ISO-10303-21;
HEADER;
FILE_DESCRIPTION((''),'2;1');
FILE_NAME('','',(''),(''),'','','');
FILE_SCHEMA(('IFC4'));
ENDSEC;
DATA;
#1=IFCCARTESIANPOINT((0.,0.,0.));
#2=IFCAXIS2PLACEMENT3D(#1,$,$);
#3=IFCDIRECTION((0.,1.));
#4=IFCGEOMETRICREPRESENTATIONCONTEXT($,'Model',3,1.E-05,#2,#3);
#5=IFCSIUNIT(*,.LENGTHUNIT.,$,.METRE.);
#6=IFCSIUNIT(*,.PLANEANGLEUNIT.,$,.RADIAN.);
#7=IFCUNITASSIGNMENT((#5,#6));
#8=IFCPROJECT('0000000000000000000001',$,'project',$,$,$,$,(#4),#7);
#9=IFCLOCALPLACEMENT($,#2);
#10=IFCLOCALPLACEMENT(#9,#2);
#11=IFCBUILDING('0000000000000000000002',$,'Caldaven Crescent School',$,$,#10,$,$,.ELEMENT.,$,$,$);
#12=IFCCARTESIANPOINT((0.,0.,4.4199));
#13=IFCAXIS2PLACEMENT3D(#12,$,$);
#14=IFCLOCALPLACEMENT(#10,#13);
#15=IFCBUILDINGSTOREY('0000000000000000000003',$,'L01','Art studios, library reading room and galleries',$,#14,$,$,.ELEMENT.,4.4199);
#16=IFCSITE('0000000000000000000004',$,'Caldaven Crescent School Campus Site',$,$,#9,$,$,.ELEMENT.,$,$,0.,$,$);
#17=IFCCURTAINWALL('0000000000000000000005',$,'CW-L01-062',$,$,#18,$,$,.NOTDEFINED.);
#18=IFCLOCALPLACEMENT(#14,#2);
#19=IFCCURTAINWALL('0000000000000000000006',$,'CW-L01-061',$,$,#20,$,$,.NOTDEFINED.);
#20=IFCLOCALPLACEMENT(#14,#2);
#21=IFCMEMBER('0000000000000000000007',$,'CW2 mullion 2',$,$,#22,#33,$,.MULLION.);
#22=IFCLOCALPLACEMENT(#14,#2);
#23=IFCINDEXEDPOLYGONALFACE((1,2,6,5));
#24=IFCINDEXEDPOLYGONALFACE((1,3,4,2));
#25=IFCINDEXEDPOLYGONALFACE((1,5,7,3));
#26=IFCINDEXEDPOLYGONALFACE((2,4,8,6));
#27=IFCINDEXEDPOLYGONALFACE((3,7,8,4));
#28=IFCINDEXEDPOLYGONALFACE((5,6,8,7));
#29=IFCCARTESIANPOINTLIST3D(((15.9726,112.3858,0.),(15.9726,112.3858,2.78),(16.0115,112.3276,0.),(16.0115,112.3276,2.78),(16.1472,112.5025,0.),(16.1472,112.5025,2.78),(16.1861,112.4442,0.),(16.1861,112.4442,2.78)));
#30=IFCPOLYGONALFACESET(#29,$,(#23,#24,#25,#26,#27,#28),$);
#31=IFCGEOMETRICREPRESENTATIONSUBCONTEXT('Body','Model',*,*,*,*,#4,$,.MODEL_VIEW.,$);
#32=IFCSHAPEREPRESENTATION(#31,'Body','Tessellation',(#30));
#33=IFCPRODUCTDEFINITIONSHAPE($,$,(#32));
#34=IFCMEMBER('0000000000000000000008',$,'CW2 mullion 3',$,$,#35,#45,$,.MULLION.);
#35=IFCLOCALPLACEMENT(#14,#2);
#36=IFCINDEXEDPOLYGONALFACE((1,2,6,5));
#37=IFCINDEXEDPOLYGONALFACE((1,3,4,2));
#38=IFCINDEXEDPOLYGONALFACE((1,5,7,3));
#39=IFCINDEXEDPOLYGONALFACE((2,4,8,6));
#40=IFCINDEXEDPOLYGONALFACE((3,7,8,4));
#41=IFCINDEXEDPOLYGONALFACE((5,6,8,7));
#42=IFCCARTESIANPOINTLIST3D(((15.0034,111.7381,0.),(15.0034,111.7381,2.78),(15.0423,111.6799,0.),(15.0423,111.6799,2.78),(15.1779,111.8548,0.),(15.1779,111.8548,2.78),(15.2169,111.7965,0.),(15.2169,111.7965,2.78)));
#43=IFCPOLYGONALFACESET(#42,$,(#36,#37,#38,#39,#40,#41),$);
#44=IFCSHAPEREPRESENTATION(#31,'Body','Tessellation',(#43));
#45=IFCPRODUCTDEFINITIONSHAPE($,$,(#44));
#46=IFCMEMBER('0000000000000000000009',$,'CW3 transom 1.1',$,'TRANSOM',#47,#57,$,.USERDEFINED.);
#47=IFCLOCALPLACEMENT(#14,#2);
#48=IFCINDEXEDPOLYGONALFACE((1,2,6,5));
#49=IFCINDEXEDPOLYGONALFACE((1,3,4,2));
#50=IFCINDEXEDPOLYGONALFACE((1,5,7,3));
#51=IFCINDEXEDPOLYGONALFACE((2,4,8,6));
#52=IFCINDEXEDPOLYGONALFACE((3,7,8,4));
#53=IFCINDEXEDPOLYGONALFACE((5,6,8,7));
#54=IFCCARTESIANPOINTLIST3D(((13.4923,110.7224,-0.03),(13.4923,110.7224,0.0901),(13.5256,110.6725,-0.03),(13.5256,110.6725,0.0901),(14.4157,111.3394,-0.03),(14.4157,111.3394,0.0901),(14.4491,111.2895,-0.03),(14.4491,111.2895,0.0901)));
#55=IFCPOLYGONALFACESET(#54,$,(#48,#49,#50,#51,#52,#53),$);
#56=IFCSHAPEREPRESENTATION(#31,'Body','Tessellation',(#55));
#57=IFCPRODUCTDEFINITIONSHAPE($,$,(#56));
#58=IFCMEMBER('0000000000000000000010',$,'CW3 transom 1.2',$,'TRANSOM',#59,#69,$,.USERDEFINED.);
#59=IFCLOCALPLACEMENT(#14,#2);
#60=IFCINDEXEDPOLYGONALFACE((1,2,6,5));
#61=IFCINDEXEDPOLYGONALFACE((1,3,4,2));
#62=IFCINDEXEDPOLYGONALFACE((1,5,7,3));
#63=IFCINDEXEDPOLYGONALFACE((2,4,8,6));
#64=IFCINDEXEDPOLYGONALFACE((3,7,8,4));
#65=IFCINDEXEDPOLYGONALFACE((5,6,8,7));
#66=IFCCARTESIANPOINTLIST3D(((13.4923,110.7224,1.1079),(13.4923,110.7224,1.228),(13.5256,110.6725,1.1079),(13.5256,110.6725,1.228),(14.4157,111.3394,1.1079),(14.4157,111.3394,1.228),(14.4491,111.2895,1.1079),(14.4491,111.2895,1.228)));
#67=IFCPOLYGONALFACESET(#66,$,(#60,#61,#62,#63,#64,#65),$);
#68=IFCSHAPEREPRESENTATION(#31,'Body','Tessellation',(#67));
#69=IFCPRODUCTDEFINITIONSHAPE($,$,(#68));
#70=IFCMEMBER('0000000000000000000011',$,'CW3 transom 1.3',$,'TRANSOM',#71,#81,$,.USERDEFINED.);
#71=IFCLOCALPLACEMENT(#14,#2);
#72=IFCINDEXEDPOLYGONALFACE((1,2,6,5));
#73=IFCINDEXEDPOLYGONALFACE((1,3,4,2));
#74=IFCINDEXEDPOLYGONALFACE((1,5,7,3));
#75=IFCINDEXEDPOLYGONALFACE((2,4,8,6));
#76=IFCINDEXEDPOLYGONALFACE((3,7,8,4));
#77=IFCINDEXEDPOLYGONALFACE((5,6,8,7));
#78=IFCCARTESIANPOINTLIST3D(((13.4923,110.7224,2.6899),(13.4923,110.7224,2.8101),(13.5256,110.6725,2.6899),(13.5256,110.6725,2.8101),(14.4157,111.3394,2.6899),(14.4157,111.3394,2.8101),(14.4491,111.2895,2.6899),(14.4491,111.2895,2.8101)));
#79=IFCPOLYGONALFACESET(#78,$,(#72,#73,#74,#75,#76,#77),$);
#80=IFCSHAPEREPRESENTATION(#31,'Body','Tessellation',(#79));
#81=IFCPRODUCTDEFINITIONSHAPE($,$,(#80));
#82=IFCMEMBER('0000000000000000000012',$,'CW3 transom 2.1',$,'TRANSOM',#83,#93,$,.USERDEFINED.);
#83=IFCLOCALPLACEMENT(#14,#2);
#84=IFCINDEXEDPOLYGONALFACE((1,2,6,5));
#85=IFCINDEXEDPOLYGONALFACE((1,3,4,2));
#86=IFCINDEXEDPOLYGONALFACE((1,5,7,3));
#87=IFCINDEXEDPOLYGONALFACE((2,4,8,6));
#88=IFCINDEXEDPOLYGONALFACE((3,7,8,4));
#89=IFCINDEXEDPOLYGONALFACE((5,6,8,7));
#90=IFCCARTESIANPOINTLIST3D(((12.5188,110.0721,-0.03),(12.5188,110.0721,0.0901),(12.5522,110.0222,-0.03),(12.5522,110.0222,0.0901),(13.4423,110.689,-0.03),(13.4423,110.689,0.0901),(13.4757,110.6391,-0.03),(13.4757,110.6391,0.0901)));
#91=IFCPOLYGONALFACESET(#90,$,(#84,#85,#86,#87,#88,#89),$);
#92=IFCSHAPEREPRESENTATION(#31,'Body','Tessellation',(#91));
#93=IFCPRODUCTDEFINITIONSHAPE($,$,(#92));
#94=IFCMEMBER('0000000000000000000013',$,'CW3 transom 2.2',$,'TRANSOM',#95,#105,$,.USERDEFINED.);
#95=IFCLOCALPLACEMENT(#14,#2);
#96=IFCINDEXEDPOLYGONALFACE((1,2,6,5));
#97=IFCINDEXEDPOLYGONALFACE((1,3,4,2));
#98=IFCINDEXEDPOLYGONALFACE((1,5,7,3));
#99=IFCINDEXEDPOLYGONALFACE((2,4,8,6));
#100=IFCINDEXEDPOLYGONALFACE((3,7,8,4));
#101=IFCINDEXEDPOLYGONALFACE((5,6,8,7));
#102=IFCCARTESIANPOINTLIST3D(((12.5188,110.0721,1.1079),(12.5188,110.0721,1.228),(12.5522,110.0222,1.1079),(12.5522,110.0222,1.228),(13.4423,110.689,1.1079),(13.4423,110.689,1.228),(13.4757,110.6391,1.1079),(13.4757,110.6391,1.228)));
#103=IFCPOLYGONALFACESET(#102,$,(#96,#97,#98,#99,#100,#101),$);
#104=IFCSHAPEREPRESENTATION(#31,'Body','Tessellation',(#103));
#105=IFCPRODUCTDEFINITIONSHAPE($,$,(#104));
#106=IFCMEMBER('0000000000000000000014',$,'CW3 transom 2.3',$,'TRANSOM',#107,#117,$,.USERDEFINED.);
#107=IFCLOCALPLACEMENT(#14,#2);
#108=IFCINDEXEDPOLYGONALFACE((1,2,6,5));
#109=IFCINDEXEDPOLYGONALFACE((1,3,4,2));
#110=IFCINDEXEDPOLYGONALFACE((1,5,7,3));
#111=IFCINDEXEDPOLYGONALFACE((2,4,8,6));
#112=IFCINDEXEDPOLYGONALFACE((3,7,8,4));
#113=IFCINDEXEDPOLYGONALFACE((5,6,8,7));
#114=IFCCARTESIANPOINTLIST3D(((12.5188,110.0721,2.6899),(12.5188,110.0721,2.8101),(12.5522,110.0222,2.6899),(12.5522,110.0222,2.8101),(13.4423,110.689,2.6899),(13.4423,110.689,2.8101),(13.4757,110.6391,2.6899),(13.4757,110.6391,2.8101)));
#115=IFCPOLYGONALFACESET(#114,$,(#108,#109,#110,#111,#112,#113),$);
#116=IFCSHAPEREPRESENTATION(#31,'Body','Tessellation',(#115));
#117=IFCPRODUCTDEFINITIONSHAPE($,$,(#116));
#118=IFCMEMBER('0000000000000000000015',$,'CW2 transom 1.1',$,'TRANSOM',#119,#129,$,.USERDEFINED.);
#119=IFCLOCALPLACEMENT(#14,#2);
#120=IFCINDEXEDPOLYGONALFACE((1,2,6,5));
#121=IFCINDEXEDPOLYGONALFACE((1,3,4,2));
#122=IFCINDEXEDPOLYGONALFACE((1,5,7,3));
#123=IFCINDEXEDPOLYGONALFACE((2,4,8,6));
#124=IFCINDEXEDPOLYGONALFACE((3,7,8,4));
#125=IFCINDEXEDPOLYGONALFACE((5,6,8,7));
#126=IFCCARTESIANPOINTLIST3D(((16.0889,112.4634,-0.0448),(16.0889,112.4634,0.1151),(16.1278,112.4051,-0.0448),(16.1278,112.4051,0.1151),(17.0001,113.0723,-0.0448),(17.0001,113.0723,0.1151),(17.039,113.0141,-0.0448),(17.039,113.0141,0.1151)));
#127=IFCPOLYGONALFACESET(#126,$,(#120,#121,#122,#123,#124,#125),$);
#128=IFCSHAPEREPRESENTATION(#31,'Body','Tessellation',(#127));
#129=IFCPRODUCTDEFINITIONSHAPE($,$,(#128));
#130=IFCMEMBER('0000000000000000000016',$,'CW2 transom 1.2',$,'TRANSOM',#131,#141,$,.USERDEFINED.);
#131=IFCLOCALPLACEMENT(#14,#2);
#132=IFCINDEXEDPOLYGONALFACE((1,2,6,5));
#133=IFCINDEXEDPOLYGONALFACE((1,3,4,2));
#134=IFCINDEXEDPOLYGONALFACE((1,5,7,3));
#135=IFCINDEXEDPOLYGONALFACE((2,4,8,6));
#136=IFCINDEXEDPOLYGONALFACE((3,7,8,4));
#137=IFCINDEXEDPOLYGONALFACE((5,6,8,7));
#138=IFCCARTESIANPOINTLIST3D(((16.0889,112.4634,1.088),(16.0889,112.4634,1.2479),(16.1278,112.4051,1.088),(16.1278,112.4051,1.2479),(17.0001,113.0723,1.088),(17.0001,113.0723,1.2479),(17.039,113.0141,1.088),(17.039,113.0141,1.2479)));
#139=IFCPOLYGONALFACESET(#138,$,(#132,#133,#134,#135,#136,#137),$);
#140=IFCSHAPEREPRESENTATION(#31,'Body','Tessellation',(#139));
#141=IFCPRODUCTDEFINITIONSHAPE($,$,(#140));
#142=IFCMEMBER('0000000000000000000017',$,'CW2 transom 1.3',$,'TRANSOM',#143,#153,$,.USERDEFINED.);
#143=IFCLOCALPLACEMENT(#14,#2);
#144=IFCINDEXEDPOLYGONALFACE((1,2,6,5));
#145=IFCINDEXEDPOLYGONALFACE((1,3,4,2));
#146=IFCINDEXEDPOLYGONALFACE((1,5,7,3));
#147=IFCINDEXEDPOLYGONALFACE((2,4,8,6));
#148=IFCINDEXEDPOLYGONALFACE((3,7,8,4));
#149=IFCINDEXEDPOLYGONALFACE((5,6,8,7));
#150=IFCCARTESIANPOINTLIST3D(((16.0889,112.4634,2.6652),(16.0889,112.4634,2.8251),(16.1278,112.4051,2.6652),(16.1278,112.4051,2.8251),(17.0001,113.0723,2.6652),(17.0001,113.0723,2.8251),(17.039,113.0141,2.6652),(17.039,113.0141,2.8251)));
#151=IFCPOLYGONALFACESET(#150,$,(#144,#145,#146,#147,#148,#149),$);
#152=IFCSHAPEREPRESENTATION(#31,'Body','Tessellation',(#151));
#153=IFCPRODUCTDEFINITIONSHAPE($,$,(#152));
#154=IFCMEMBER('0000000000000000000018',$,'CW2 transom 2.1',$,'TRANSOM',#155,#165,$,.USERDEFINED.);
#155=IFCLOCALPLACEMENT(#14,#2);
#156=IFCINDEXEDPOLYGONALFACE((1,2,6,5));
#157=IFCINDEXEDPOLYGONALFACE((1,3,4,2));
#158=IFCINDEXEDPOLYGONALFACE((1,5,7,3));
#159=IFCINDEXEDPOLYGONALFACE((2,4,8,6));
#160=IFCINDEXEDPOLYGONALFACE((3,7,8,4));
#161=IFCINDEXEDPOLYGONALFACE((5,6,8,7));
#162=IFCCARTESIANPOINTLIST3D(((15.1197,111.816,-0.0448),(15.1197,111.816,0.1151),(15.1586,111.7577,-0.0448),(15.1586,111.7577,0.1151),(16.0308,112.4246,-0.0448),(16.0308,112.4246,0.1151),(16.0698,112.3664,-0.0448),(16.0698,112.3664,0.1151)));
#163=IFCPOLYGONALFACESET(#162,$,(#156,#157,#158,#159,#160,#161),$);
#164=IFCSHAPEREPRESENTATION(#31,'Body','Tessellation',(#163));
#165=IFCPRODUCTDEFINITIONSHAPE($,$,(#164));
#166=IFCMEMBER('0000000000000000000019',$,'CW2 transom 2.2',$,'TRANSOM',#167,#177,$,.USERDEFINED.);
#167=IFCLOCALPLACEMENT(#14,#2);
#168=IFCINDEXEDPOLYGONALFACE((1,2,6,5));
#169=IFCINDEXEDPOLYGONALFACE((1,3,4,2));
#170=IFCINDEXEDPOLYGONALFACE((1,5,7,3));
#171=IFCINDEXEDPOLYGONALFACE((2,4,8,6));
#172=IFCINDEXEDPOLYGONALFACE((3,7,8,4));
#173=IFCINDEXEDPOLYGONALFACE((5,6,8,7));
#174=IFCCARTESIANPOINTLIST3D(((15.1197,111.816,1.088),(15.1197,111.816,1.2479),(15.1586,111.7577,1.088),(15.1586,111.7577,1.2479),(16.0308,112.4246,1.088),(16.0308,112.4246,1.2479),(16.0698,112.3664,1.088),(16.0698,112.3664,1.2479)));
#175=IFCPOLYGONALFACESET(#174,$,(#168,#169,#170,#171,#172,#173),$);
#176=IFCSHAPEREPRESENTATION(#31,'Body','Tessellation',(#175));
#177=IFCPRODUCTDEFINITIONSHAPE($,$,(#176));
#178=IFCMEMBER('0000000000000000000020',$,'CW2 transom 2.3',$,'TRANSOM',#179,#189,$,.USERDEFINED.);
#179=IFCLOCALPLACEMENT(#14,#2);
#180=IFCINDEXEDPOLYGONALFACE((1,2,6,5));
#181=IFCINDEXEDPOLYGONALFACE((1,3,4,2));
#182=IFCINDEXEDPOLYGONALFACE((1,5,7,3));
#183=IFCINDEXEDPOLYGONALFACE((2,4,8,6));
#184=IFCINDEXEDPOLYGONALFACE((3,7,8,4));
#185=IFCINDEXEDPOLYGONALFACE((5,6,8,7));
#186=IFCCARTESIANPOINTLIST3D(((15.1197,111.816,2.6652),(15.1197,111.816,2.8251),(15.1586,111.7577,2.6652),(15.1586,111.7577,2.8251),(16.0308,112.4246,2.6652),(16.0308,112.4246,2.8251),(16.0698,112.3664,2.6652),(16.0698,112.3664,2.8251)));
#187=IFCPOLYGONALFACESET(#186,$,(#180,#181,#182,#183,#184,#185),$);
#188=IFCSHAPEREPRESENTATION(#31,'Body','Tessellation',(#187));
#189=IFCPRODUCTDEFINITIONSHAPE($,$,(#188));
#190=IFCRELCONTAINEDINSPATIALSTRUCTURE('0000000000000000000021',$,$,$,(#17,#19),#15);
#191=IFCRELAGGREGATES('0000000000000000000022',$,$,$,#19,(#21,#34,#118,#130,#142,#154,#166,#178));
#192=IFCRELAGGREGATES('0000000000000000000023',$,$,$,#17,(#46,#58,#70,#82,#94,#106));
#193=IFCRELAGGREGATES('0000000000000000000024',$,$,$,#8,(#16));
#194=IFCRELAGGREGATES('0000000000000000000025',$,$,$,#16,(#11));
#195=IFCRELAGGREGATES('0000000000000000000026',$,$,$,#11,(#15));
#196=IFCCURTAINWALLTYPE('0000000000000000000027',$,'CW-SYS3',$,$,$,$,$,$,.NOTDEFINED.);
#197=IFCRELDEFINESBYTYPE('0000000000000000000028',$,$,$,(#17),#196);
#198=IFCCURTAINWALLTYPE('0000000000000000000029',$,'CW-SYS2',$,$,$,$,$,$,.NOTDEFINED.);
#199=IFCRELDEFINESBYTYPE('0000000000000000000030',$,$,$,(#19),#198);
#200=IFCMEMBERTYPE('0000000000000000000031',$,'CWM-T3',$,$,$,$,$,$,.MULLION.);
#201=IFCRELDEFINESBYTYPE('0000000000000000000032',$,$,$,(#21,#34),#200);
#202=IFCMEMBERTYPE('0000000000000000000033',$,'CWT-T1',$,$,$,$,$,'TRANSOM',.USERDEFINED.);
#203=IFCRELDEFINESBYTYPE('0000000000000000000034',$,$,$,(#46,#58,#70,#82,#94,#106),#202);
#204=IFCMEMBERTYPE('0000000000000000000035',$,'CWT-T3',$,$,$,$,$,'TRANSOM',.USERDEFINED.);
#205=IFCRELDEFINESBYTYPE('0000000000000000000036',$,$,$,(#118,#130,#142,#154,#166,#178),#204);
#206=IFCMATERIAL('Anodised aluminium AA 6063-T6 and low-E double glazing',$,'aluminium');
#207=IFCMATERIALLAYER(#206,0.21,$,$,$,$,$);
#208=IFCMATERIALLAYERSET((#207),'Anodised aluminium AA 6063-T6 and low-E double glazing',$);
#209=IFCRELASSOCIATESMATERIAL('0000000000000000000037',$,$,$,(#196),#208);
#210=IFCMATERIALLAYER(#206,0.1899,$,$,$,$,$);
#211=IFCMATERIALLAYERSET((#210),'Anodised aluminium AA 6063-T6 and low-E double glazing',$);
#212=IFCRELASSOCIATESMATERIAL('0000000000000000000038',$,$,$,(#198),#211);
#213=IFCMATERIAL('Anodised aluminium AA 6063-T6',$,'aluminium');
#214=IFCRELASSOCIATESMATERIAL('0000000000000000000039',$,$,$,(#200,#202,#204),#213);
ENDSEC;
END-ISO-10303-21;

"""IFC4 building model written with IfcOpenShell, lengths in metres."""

from ifc_helpers import new_model, si_unit, direction, frame, origin, origin_2d, place, context, subcontext, project, spatial, rectangle, extrude, material, layer, layer_set, material_profile, profile_set, type_object, element, aggregate, save


model = new_model("IFC4")

# Units and contexts
model_context = context("Model", 3, precision=1e-05, world=origin(), true_north=direction((0.0, 1.0)))
body_context = subcontext(model_context, "Body", "Model", "MODEL_VIEW")
ifc_project = project(units=[si_unit("LENGTHUNIT", "METRE"), si_unit("PLANEANGLEUNIT", "RADIAN")], contexts=[model_context])

# Site, building, storey
site_placement = place(None, origin())
site = spatial("IfcSite", under=ifc_project, at=site_placement, Name="Caldaven Crescent School Campus Site", CompositionType="ELEMENT", RefElevation=0.0)
building_placement = place(site_placement, origin())
building = spatial("IfcBuilding", under=site, at=building_placement, Name="Caldaven Crescent School", CompositionType="ELEMENT")
storey_placement = place(building_placement, frame((0.0, 0.0, 4.4199)))
storey = spatial("IfcBuildingStorey", under=building, at=storey_placement, Name="L01", Description="Art studios, library reading room and galleries", CompositionType="ELEMENT", Elevation=4.4199)

# Curtain wall
ifc_material_1 = material(Name="Anodised aluminium AA 6063-T6 and low-E double glazing", Category="aluminium")
ifc_layer_1 = layer(ifc_material_1, 0.21)
ifc_layer_set_1 = layer_set([ifc_layer_1], Name="Anodised aluminium AA 6063-T6 and low-E double glazing")
curtain_wall_type_1 = type_object("IfcCurtainWallType", Name="CW-SYS3", PredefinedType="NOTDEFINED", material=ifc_layer_set_1)
curtain_wall_1_placement = place(storey_placement, origin())
curtain_wall_1 = element("IfcCurtainWall", 1, at=curtain_wall_1_placement, inside=storey, type_object=curtain_wall_type_1, Name="CW-L01-062", PredefinedType="NOTDEFINED")
ifc_material_2 = material(Name="Anodised aluminium AA 6063-T6", Category="aluminium")

# Curtain wall, members
ifc_layer_2 = layer(ifc_material_1, 0.1899)
ifc_layer_set_2 = layer_set([ifc_layer_2], Name="Anodised aluminium AA 6063-T6 and low-E double glazing")
curtain_wall_type_2 = type_object("IfcCurtainWallType", Name="CW-SYS2", PredefinedType="NOTDEFINED", material=ifc_layer_set_2)
curtain_wall_2_placement = place(storey_placement, origin())
curtain_wall_2 = element("IfcCurtainWall", 2, at=curtain_wall_2_placement, inside=storey, type_object=curtain_wall_type_2, Name="CW-L01-061", PredefinedType="NOTDEFINED")
ifc_material_profile_1 = material_profile(ifc_material_2, rectangle(XDim=0.0701, YDim=0.21, at=origin_2d()), Name="CWM 70x210")
ifc_profile_set_1 = profile_set([ifc_material_profile_1], Name="Anodised aluminium AA 6063-T6")
member_type_1 = type_object("IfcMemberType", Name="CWM-T3", PredefinedType="MULLION", material=ifc_profile_set_1)
member_1_placement = place(storey_placement, frame((16.0793, 112.415, 0.0), z_axis=(0.0, 0.0, 1.0), x_axis=(0.55557, -0.83147, 0.0)))
member_1 = element("IfcMember", 3, at=member_1_placement, type_object=member_type_1, Name="CW2 mullion 2", PredefinedType="MULLION", context=body_context, shape_type="SweptSolid", body=[
    extrude(rectangle(XDim=0.0701, YDim=0.21, at=origin_2d()), origin(), (0.0, 0.0, 1.0), 2.78),
])
member_2_placement = place(storey_placement, frame((15.1101, 111.7673, 0.0), z_axis=(0.0, 0.0, 1.0), x_axis=(0.55557, -0.83147, 0.0)))
member_2 = element("IfcMember", 4, at=member_2_placement, type_object=member_type_1, Name="CW2 mullion 3", PredefinedType="MULLION", context=body_context, shape_type="SweptSolid", body=[
    extrude(rectangle(XDim=0.0701, YDim=0.21, at=origin_2d()), origin(), (0.0, 0.0, 1.0), 2.78),
])

# Members
ifc_material_profile_2 = material_profile(ifc_material_2, rectangle(XDim=0.0601, YDim=0.1201, at=origin_2d()), Name="CWT 60x120")
ifc_profile_set_2 = profile_set([ifc_material_profile_2], Name="Anodised aluminium AA 6063-T6")
member_type_2 = type_object("IfcMemberType", Name="CWT-T1", ElementType="TRANSOM", PredefinedType="USERDEFINED", material=ifc_profile_set_2)
member_3_placement = place(storey_placement, frame((14.4324, 111.3145, 0.03), z_axis=(-0.831475, -0.555562, 0.0), x_axis=(0.555562, -0.831475, 0.0)))
member_3 = element("IfcMember", 5, at=member_3_placement, type_object=member_type_2, Name="CW3 transom 1.1", ObjectType="TRANSOM", PredefinedType="USERDEFINED", context=body_context, shape_type="SweptSolid", body=[
    extrude(rectangle(XDim=0.0601, YDim=0.1201, at=origin_2d()), origin(), (0.0, 0.0, 1.0), 1.1106),
])
member_4_placement = place(storey_placement, frame((14.4324, 111.3145, 1.168), z_axis=(-0.831475, -0.555562, 0.0), x_axis=(0.555562, -0.831475, 0.0)))
member_4 = element("IfcMember", 6, at=member_4_placement, type_object=member_type_2, Name="CW3 transom 1.2", ObjectType="TRANSOM", PredefinedType="USERDEFINED", context=body_context, shape_type="SweptSolid", body=[
    extrude(rectangle(XDim=0.0601, YDim=0.1201, at=origin_2d()), origin(), (0.0, 0.0, 1.0), 1.1106),
])
member_5_placement = place(storey_placement, frame((14.4324, 111.3145, 2.75), z_axis=(-0.831475, -0.555562, 0.0), x_axis=(0.555562, -0.831475, 0.0)))
member_5 = element("IfcMember", 7, at=member_5_placement, type_object=member_type_2, Name="CW3 transom 1.3", ObjectType="TRANSOM", PredefinedType="USERDEFINED", context=body_context, shape_type="SweptSolid", body=[
    extrude(rectangle(XDim=0.0601, YDim=0.1201, at=origin_2d()), origin(), (0.0, 0.0, 1.0), 1.1106),
])
member_6_placement = place(storey_placement, frame((13.459, 110.6641, 0.03), z_axis=(-0.831543, -0.555461, 0.0), x_axis=(0.555461, -0.831543, 0.0)))
member_6 = element("IfcMember", 8, at=member_6_placement, type_object=member_type_2, Name="CW3 transom 2.1", ObjectType="TRANSOM", PredefinedType="USERDEFINED", context=body_context, shape_type="SweptSolid", body=[
    extrude(rectangle(XDim=0.0601, YDim=0.1201, at=origin_2d()), origin(), (0.0, 0.0, 1.0), 1.1106),
])
member_7_placement = place(storey_placement, frame((13.459, 110.6641, 1.168), z_axis=(-0.831543, -0.555461, 0.0), x_axis=(0.555461, -0.831543, 0.0)))
member_7 = element("IfcMember", 9, at=member_7_placement, type_object=member_type_2, Name="CW3 transom 2.2", ObjectType="TRANSOM", PredefinedType="USERDEFINED", context=body_context, shape_type="SweptSolid", body=[
    extrude(rectangle(XDim=0.0601, YDim=0.1201, at=origin_2d()), origin(), (0.0, 0.0, 1.0), 1.1106),
])
member_8_placement = place(storey_placement, frame((13.459, 110.6641, 2.75), z_axis=(-0.831543, -0.555461, 0.0), x_axis=(0.555461, -0.831543, 0.0)))
member_8 = element("IfcMember", 10, at=member_8_placement, type_object=member_type_2, Name="CW3 transom 2.3", ObjectType="TRANSOM", PredefinedType="USERDEFINED", context=body_context, shape_type="SweptSolid", body=[
    extrude(rectangle(XDim=0.0601, YDim=0.1201, at=origin_2d()), origin(), (0.0, 0.0, 1.0), 1.1106),
])
ifc_material_profile_3 = material_profile(ifc_material_2, rectangle(XDim=0.0701, YDim=0.1599, at=origin_2d()), Name="CWT 70x160")
ifc_profile_set_3 = profile_set([ifc_material_profile_3], Name="Anodised aluminium AA 6063-T6")
member_type_3 = type_object("IfcMemberType", Name="CWT-T3", ElementType="TRANSOM", PredefinedType="USERDEFINED", material=ifc_profile_set_3)
member_9_placement = place(storey_placement, frame((17.0195, 113.0432, 0.0352), z_axis=(-0.831433, -0.555625, 0.0), x_axis=(0.555625, -0.831433, 0.0)))
member_9 = element("IfcMember", 11, at=member_9_placement, type_object=member_type_3, Name="CW2 transom 1.1", ObjectType="TRANSOM", PredefinedType="USERDEFINED", context=body_context, shape_type="SweptSolid", body=[
    extrude(rectangle(XDim=0.0701, YDim=0.1599, at=origin_2d()), origin(), (0.0, 0.0, 1.0), 1.0959),
])
member_10_placement = place(storey_placement, frame((17.0195, 113.0432, 1.168), z_axis=(-0.831433, -0.555625, 0.0), x_axis=(0.555625, -0.831433, 0.0)))
member_10 = element("IfcMember", 12, at=member_10_placement, type_object=member_type_3, Name="CW2 transom 1.2", ObjectType="TRANSOM", PredefinedType="USERDEFINED", context=body_context, shape_type="SweptSolid", body=[
    extrude(rectangle(XDim=0.0701, YDim=0.1599, at=origin_2d()), origin(), (0.0, 0.0, 1.0), 1.0959),
])
member_11_placement = place(storey_placement, frame((17.0195, 113.0432, 2.7451), z_axis=(-0.831433, -0.555625, 0.0), x_axis=(0.555625, -0.831433, 0.0)))
member_11 = element("IfcMember", 13, at=member_11_placement, type_object=member_type_3, Name="CW2 transom 1.3", ObjectType="TRANSOM", PredefinedType="USERDEFINED", context=body_context, shape_type="SweptSolid", body=[
    extrude(rectangle(XDim=0.0701, YDim=0.1599, at=origin_2d()), origin(), (0.0, 0.0, 1.0), 1.0959),
])
member_12_placement = place(storey_placement, frame((16.0503, 112.3955, 0.0352), z_axis=(-0.831536, -0.555471, 0.0), x_axis=(0.555471, -0.831536, 0.0)))
member_12 = element("IfcMember", 14, at=member_12_placement, type_object=member_type_3, Name="CW2 transom 2.1", ObjectType="TRANSOM", PredefinedType="USERDEFINED", context=body_context, shape_type="SweptSolid", body=[
    extrude(rectangle(XDim=0.0701, YDim=0.1599, at=origin_2d()), origin(), (0.0, 0.0, 1.0), 1.0957),
])
member_13_placement = place(storey_placement, frame((16.0503, 112.3955, 1.168), z_axis=(-0.831536, -0.555471, 0.0), x_axis=(0.555471, -0.831536, 0.0)))
member_13 = element("IfcMember", 15, at=member_13_placement, type_object=member_type_3, Name="CW2 transom 2.2", ObjectType="TRANSOM", PredefinedType="USERDEFINED", context=body_context, shape_type="SweptSolid", body=[
    extrude(rectangle(XDim=0.0701, YDim=0.1599, at=origin_2d()), origin(), (0.0, 0.0, 1.0), 1.0957),
])
member_14_placement = place(storey_placement, frame((16.0503, 112.3955, 2.7451), z_axis=(-0.831536, -0.555471, 0.0), x_axis=(0.555471, -0.831536, 0.0)))
member_14 = element("IfcMember", 16, at=member_14_placement, type_object=member_type_3, Name="CW2 transom 2.3", ObjectType="TRANSOM", PredefinedType="USERDEFINED", context=body_context, shape_type="SweptSolid", body=[
    extrude(rectangle(XDim=0.0701, YDim=0.1599, at=origin_2d()), origin(), (0.0, 0.0, 1.0), 1.0957),
])

aggregate(curtain_wall_2, [member_1, member_2, member_9, member_10, member_11, member_12, member_13, member_14])
aggregate(curtain_wall_1, [member_3, member_4, member_5, member_6, member_7, member_8])

save(model, "model.ifc")
